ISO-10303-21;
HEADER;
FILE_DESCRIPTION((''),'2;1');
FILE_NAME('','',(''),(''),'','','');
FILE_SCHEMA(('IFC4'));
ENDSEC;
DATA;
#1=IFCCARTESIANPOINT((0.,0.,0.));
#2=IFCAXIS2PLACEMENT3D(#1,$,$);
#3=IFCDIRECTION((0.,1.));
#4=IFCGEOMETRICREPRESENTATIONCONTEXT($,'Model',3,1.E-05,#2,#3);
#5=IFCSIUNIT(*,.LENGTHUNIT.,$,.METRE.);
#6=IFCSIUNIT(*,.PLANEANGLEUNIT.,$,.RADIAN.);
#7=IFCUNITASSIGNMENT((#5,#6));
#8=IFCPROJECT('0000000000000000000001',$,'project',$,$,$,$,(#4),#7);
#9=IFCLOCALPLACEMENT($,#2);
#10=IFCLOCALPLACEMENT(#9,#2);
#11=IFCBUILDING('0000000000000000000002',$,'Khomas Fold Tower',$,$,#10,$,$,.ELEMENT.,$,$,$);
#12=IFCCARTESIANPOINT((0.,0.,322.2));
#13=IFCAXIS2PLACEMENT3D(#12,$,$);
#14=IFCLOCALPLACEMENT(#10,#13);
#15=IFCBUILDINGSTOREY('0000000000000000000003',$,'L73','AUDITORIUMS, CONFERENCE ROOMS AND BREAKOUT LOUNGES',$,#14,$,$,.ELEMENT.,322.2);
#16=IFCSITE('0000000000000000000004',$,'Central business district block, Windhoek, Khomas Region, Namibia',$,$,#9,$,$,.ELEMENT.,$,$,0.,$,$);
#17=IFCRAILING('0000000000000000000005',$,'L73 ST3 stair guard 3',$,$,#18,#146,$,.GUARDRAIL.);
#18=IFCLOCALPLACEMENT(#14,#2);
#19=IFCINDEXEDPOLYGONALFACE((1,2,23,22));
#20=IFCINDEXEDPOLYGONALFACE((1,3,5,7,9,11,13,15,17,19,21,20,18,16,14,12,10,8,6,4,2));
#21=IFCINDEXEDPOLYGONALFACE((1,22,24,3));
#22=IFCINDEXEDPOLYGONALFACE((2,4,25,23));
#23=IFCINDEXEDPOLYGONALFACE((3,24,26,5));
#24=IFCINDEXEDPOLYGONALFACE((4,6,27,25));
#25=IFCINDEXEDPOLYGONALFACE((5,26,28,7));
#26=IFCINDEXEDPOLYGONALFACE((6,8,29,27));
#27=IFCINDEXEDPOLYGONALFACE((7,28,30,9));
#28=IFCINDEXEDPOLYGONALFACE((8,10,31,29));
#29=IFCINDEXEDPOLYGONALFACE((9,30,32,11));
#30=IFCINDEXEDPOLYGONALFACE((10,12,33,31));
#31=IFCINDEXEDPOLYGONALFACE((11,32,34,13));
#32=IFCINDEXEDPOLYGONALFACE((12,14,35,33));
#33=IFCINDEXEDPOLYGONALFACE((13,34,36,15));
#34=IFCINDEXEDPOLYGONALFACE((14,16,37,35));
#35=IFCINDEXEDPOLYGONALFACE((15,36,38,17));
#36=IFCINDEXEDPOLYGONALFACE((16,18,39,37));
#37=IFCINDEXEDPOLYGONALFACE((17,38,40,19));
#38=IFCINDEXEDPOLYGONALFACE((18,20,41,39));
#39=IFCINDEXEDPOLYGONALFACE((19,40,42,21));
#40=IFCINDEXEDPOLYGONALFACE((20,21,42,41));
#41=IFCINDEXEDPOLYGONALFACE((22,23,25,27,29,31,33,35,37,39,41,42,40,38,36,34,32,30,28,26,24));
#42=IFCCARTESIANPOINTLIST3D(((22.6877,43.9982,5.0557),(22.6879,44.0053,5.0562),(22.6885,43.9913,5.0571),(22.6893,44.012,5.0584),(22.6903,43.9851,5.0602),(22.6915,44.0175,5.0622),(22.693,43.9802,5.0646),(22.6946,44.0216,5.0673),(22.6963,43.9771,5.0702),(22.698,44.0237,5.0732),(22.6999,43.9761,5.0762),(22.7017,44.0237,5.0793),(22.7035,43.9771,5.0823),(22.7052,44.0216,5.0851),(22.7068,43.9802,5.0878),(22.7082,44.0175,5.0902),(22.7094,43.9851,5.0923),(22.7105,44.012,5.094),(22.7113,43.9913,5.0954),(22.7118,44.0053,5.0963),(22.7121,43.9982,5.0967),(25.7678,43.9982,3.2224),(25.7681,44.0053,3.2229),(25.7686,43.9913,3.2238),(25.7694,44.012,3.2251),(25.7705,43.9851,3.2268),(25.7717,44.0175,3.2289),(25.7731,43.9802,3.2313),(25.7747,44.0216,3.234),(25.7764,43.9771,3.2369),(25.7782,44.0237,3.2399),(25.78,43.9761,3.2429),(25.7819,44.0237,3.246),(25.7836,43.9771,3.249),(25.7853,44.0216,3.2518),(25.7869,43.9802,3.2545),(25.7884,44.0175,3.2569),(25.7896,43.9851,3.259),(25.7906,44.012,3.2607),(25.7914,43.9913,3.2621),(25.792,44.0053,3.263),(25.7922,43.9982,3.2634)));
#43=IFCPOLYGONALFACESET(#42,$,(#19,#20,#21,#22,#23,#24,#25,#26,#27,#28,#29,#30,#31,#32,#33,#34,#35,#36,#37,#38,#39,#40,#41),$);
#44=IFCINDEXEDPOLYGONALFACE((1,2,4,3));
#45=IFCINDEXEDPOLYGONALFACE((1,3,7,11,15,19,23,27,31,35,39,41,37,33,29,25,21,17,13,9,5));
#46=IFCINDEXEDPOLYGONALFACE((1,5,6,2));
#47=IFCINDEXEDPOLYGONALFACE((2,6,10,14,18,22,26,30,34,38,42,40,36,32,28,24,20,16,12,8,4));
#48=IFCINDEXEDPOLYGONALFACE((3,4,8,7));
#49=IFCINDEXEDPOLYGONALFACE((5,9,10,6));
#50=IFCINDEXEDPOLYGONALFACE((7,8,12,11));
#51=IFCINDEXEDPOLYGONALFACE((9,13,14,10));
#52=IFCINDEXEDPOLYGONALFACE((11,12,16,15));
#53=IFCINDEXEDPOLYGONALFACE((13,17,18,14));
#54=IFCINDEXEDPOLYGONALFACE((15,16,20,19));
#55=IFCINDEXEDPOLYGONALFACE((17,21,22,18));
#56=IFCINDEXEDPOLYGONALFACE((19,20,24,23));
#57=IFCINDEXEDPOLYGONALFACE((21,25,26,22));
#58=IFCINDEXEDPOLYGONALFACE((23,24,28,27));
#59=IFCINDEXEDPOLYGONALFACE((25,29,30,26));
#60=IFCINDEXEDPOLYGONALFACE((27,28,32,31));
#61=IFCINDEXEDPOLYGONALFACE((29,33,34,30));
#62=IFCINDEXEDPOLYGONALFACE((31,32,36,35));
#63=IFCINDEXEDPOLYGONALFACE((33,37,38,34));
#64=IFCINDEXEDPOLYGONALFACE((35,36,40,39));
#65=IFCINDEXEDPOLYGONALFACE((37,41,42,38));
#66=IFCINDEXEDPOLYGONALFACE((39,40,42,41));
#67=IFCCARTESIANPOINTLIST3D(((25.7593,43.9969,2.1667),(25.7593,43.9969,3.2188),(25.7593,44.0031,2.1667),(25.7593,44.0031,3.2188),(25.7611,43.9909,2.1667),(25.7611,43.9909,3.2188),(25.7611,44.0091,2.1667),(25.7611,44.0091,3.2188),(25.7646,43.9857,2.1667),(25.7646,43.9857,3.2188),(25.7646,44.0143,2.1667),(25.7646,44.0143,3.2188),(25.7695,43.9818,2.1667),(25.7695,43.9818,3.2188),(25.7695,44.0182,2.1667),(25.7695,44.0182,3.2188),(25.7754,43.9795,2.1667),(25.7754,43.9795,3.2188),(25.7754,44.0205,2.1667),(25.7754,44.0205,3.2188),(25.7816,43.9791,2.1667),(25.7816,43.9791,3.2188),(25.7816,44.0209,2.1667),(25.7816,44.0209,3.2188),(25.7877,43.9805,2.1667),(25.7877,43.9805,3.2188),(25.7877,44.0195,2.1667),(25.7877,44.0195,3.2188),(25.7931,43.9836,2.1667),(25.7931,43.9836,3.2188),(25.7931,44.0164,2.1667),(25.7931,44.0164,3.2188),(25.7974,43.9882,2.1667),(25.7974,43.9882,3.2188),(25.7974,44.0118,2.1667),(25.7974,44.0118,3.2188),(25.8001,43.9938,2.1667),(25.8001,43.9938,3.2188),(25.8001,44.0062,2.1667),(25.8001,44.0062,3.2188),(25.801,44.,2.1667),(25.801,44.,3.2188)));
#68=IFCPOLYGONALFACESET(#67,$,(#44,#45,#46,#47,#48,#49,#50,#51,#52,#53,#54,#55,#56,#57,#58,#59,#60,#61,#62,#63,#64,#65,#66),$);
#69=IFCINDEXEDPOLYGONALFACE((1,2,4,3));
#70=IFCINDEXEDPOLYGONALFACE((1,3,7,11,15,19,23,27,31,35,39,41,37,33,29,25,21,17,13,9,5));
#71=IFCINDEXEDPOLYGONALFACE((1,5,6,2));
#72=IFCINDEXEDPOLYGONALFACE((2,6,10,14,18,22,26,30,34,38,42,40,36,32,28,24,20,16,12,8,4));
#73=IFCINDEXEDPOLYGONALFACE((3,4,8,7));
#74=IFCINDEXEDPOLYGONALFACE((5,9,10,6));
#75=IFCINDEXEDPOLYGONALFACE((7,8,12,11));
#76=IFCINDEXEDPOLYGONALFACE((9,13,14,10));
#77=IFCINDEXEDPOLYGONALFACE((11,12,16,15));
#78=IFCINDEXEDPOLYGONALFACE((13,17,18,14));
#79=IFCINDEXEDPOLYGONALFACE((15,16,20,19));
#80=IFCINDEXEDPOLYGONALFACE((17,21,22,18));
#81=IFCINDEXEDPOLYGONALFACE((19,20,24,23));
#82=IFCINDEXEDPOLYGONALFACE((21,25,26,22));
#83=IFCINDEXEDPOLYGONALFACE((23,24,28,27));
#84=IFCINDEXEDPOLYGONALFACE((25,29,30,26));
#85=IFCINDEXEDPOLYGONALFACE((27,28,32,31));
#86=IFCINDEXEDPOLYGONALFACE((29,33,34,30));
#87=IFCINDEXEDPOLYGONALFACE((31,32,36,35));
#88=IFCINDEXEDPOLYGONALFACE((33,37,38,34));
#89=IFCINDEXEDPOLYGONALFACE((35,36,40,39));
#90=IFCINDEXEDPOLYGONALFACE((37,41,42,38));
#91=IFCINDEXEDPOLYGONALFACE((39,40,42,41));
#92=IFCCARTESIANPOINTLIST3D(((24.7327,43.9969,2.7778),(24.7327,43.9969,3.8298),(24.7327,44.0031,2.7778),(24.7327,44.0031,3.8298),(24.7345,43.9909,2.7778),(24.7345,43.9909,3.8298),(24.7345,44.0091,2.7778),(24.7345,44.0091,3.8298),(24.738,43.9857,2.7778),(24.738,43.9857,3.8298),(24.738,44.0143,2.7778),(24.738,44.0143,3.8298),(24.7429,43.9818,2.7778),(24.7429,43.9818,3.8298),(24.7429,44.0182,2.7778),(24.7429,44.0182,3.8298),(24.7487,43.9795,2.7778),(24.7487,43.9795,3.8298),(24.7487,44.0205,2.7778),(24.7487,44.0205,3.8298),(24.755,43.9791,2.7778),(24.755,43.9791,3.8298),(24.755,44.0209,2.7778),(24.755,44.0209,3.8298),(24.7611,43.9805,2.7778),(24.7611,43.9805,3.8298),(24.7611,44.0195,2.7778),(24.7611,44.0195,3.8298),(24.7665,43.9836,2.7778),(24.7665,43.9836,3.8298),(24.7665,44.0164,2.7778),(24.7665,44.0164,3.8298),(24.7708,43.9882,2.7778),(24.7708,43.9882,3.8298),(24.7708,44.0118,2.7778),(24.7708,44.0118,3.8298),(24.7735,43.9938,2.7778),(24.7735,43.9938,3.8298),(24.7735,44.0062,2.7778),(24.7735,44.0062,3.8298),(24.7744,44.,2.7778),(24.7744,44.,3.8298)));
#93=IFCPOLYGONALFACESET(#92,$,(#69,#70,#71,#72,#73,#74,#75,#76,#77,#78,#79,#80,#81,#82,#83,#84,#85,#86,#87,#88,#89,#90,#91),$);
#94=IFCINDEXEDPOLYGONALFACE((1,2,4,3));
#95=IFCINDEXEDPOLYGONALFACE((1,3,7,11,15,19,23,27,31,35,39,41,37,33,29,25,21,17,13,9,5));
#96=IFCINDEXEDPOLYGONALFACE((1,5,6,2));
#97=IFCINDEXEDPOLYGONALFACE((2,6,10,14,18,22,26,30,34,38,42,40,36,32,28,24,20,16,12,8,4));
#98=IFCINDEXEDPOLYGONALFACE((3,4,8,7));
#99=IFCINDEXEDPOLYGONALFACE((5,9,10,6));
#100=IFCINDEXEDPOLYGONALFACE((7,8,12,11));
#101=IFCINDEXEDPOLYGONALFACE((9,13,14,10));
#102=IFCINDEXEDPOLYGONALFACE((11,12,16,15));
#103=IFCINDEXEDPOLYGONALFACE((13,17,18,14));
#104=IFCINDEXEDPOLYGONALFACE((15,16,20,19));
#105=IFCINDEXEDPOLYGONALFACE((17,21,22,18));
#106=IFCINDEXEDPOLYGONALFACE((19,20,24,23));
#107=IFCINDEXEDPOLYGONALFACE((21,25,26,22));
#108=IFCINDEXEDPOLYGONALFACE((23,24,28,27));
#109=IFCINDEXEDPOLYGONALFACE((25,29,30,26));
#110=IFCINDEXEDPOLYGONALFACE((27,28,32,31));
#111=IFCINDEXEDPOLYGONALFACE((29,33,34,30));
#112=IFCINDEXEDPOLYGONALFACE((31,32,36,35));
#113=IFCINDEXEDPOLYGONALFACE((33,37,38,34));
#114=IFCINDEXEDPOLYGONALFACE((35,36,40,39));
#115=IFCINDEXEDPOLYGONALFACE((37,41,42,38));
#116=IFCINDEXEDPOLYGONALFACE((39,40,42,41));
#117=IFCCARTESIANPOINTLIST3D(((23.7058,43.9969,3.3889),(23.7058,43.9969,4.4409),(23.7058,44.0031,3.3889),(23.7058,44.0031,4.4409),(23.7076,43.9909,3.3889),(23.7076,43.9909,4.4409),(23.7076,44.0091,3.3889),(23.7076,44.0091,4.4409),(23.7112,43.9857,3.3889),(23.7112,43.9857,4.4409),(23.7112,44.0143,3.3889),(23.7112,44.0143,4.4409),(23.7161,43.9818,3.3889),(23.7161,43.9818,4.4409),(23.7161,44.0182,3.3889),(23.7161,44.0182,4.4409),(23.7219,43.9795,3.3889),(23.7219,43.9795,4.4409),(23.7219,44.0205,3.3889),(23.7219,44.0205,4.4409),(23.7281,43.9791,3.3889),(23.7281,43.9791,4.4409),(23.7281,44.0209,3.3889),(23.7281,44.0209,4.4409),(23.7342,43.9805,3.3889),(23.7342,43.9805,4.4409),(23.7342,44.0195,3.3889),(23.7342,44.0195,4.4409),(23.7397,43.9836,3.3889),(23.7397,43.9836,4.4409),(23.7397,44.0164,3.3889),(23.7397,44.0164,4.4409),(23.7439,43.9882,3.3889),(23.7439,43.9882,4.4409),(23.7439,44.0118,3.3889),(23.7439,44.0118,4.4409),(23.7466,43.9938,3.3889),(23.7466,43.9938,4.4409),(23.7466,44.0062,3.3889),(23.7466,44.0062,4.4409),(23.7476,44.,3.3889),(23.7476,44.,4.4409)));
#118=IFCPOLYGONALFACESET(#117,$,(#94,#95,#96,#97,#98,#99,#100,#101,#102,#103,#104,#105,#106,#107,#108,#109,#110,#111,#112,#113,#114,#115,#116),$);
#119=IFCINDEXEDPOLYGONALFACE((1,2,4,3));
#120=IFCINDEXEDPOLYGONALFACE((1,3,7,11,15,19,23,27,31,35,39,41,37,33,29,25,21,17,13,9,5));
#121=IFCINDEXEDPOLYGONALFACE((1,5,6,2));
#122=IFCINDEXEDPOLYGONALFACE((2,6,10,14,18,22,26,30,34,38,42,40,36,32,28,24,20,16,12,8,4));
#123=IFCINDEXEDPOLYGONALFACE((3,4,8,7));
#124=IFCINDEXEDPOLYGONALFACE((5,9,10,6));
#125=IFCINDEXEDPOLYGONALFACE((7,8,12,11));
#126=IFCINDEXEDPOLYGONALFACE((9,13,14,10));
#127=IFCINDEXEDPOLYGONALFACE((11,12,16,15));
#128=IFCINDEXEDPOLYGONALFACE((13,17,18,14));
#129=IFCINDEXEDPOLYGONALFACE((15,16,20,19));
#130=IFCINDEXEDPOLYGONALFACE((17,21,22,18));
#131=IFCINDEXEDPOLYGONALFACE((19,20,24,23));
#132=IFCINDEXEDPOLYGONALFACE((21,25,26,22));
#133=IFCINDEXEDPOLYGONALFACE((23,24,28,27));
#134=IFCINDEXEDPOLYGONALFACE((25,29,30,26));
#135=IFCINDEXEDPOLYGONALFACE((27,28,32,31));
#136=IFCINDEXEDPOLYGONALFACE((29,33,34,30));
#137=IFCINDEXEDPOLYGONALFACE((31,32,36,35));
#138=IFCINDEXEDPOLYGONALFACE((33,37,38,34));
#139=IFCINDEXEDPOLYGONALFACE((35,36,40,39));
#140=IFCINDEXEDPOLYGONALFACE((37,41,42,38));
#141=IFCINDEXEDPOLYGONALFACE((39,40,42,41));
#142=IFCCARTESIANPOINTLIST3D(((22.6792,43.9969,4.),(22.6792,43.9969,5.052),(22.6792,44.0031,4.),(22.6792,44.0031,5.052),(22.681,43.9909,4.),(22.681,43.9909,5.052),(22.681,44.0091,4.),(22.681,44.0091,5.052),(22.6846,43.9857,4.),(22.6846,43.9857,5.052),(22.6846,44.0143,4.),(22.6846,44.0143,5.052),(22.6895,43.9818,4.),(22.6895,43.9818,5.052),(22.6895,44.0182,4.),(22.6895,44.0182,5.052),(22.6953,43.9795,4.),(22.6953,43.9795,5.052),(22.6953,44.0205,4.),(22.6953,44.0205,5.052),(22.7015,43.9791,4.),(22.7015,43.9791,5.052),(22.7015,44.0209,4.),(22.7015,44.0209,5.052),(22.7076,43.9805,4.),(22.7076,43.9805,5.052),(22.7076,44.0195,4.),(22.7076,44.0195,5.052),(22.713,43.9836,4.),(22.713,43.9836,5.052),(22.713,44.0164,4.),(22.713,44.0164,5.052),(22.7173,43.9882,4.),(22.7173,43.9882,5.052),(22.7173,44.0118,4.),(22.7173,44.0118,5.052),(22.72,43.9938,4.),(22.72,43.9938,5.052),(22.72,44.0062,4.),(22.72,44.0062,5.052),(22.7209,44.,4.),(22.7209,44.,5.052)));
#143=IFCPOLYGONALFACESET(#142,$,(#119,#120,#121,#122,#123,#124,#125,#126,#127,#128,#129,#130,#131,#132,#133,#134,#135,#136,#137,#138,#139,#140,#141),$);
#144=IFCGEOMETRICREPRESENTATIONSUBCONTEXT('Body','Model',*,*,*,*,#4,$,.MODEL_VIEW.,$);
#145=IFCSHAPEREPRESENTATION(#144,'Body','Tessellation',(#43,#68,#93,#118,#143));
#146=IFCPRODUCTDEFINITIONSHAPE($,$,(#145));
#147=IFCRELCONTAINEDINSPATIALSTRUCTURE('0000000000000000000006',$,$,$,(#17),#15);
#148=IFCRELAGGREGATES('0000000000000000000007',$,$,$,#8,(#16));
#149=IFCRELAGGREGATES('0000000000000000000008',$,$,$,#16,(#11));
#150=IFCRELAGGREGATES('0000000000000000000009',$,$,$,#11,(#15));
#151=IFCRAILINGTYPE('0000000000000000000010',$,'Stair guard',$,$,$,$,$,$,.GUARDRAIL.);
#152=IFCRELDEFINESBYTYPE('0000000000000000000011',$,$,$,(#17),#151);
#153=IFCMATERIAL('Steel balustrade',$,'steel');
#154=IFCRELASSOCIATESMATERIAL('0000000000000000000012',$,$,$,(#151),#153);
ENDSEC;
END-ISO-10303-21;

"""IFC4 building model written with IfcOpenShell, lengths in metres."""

from ifc_helpers import new_model, si_unit, direction, frame, origin, origin_2d, place, context, subcontext, project, spatial, circle, extrude, source, transform, mapped, material, type_object, element, save


model = new_model("IFC4")

# Units and contexts
model_context = context("Model", 3, precision=1e-05, world=origin(), true_north=direction((0.0, 1.0)))
body_context = subcontext(model_context, "Body", "Model", "MODEL_VIEW")
ifc_project = project(units=[si_unit("LENGTHUNIT", "METRE"), si_unit("PLANEANGLEUNIT", "RADIAN")], contexts=[model_context])

# Site, building, storey
site_placement = place(None, origin())
site = spatial("IfcSite", under=ifc_project, at=site_placement, Name="Central business district block, Windhoek, Khomas Region, Namibia", CompositionType="ELEMENT", RefElevation=0.0)
building_placement = place(site_placement, origin())
building = spatial("IfcBuilding", under=site, at=building_placement, Name="Khomas Fold Tower", CompositionType="ELEMENT")
storey_placement = place(building_placement, frame((0.0, 0.0, 322.2)))
storey = spatial("IfcBuildingStorey", under=building, at=storey_placement, Name="L73", Description="AUDITORIUMS, CONFERENCE ROOMS AND BREAKOUT LOUNGES", CompositionType="ELEMENT", Elevation=322.2)

# Railing
ifc_material_1 = material(Name="Steel balustrade", Category="steel")
railing_type_1 = type_object("IfcRailingType", Name="Stair guard", PredefinedType="GUARDRAIL", material=ifc_material_1)
shared_shape_1 = source(origin(), body_context, "Body", "SweptSolid", [
    extrude(circle(Radius=0.0239, at=origin_2d()), frame((0.0, 0.0, 1.0762), z_axis=(-0.859309, 0.0, 0.511458), x_axis=(0.0, -1.0, 0.0)), (0.0, 0.0, 1.0), 3.5845),
    extrude(circle(Radius=0.021, at=origin_2d()), origin(), (0.0, 0.0, 1.0), 1.052),
    extrude(circle(Radius=0.021, at=origin_2d()), frame((-1.0266, 0.0, 0.6111)), (0.0, 0.0, 1.0), 1.052),
    extrude(circle(Radius=0.021, at=origin_2d()), frame((-2.0535, 0.0, 1.2222)), (0.0, 0.0, 1.0), 1.052),
    extrude(circle(Radius=0.021, at=origin_2d()), frame((-3.0801, 0.0, 1.8333)), (0.0, 0.0, 1.0), 1.052),
])
railing_1_placement = place(storey_placement, frame((25.78, 44.0, 2.1667)))
element("IfcRailing", 1, at=railing_1_placement, inside=storey, type_object=railing_type_1, Name="L73 ST3 stair guard 3", PredefinedType="GUARDRAIL", context=body_context, shape_type="MappedRepresentation", body=[
    mapped(shared_shape_1, transform((0.0, 0.0, 0.0))),
])

save(model, "model.ifc")
